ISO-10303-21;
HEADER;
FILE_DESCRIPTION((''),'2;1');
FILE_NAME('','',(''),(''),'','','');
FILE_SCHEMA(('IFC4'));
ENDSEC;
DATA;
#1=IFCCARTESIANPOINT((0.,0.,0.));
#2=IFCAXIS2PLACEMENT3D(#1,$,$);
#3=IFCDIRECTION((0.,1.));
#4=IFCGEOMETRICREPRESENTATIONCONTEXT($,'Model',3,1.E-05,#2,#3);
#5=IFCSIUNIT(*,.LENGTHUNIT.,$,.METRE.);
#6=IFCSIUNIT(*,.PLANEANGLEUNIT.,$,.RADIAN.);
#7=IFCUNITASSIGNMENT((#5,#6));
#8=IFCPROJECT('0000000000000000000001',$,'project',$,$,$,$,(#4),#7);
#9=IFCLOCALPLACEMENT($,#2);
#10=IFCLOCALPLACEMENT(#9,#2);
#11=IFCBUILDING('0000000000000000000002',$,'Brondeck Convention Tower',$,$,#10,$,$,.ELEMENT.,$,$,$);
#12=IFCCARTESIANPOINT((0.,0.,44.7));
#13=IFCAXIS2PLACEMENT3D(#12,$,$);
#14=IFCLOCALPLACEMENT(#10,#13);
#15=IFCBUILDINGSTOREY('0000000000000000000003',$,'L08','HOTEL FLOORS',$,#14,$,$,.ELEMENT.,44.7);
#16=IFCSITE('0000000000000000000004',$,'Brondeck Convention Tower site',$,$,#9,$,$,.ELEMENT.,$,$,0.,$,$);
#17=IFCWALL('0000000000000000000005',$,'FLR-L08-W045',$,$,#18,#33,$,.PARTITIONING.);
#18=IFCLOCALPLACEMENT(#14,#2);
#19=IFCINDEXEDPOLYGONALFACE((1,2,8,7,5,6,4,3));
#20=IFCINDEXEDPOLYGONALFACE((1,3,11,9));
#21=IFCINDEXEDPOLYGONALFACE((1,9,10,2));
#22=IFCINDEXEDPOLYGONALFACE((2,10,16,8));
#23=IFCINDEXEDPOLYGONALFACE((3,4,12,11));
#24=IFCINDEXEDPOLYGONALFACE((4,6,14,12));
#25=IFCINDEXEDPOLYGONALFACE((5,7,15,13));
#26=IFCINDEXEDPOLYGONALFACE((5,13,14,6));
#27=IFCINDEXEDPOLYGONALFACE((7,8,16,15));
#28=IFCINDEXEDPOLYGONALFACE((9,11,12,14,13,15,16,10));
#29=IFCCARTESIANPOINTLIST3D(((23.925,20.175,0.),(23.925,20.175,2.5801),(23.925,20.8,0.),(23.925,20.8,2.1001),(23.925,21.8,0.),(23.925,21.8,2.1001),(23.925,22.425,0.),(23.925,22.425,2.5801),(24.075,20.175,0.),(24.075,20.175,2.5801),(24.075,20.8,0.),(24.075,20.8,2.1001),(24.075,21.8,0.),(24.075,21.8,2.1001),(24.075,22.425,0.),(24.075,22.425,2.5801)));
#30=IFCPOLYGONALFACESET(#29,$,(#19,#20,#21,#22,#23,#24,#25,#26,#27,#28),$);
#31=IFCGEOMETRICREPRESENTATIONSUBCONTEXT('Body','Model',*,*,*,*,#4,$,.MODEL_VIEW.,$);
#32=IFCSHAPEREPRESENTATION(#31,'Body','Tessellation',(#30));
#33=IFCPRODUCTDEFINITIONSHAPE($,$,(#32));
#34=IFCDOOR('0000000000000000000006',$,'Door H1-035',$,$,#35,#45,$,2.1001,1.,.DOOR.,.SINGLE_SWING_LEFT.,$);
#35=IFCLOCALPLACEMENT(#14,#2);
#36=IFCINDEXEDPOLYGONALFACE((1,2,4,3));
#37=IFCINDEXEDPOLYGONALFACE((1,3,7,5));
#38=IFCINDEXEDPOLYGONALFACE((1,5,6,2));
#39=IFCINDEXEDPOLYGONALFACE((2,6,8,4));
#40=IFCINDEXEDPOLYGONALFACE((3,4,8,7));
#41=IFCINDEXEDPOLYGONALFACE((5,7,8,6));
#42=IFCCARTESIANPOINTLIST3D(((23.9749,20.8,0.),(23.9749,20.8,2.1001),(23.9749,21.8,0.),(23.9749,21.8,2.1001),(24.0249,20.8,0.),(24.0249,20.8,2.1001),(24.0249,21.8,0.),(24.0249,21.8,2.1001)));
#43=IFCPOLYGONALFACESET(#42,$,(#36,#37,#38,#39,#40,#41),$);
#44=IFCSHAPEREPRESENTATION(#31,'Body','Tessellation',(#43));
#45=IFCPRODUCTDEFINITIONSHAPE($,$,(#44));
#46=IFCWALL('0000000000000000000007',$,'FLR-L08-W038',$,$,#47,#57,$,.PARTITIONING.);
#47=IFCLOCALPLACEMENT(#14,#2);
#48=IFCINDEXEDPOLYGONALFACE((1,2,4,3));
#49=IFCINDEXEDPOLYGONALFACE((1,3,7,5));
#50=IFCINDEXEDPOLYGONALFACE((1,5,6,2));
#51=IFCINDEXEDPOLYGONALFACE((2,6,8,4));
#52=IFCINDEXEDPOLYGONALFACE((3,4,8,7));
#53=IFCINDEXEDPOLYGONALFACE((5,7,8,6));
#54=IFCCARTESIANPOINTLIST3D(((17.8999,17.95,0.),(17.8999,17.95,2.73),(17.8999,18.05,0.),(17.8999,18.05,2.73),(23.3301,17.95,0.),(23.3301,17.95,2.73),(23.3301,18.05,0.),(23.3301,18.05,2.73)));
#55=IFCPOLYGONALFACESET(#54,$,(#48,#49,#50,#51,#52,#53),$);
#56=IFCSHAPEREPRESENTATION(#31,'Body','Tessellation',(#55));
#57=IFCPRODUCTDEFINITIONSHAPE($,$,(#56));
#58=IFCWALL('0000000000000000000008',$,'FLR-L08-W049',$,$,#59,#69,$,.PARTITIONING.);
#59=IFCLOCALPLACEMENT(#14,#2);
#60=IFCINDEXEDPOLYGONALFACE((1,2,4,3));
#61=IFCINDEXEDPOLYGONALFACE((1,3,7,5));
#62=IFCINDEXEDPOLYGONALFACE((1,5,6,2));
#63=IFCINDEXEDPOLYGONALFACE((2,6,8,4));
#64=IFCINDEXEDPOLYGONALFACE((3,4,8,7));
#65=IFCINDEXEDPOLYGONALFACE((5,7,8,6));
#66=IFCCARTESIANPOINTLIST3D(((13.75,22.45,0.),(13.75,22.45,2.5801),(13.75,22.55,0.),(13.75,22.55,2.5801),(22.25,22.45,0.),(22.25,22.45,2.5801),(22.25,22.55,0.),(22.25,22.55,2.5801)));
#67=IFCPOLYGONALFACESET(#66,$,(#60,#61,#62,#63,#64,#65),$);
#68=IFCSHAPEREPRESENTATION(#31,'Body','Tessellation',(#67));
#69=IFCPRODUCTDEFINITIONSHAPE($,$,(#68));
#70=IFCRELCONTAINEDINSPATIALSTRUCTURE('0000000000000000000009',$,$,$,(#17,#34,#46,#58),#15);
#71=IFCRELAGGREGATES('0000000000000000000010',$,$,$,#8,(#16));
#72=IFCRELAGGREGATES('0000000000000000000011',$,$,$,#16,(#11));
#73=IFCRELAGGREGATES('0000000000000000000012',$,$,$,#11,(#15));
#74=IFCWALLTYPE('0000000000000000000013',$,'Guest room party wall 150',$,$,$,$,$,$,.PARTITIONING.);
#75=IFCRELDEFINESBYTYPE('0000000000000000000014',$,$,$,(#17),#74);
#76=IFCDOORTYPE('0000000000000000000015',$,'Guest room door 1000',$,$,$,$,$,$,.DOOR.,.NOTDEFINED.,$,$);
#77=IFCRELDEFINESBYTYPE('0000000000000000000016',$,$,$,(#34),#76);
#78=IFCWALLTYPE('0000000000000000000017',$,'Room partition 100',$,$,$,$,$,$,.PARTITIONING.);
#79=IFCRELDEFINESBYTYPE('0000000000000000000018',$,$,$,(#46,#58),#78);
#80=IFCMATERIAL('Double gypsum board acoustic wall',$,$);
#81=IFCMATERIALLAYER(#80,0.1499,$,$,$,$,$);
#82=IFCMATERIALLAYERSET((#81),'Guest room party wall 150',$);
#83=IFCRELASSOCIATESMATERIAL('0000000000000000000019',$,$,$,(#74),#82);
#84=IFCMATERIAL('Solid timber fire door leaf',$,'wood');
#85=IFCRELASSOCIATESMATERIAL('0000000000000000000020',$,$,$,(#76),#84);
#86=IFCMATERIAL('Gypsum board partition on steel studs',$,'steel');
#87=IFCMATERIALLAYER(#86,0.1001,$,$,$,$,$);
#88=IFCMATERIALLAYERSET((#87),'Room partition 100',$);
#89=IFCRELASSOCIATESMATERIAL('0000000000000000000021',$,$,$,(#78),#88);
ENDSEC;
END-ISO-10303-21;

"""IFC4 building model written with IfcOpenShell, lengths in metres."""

from ifc_helpers import new_model, si_unit, direction, frame, frame_2d, origin, place, context, subcontext, project, spatial, rectangle, extrude, material, layer, layer_set, type_object, element, fill, save


model = new_model("IFC4")

# Units and contexts
model_context = context("Model", 3, precision=1e-05, world=origin(), true_north=direction((0.0, 1.0)))
body_context = subcontext(model_context, "Body", "Model", "MODEL_VIEW")
ifc_project = project(units=[si_unit("LENGTHUNIT", "METRE"), si_unit("PLANEANGLEUNIT", "RADIAN")], contexts=[model_context])

# Site, building, storey
site_placement = place(None, origin())
site = spatial("IfcSite", under=ifc_project, at=site_placement, Name="Brondeck Convention Tower site", CompositionType="ELEMENT", RefElevation=0.0)
building_placement = place(site_placement, origin())
building = spatial("IfcBuilding", under=site, at=building_placement, Name="Brondeck Convention Tower", CompositionType="ELEMENT")
storey_placement = place(building_placement, frame((0.0, 0.0, 44.7)))
storey = spatial("IfcBuildingStorey", under=building, at=storey_placement, Name="L08", Description="HOTEL FLOORS", CompositionType="ELEMENT", Elevation=44.7)

# Shared definitions
ifc_material_1 = material(Name="Double gypsum board acoustic wall")
ifc_layer_1 = layer(ifc_material_1, 0.1499)
ifc_layer_set_1 = layer_set([ifc_layer_1], Name="Guest room party wall 150")
wall_type_1 = type_object("IfcWallType", Name="Guest room party wall 150", PredefinedType="PARTITIONING", material=ifc_layer_set_1)
ifc_material_2 = material(Name="Solid timber fire door leaf", Category="wood")
door_type_1 = type_object("IfcDoorType", Name="Guest room door 1000", OperationType="NOTDEFINED", PredefinedType="DOOR", material=ifc_material_2)

# Wall, opening, door
wall_1_placement = place(storey_placement, frame((24.0, 22.425, 0.0), z_axis=(0.0, 0.0, 1.0), x_axis=(0.0, -1.0, 0.0)))
wall_1 = element("IfcWall", 1, at=wall_1_placement, inside=storey, type_object=wall_type_1, Name="FLR-L08-W045", PredefinedType="PARTITIONING", context=body_context, shape_type="SweptSolid", body=[
    extrude(rectangle(XDim=2.25, YDim=0.1499, at=frame_2d((1.125, 0.0))), origin(), (0.0, 0.0, 1.0), 2.5801),
])
opening_1_placement = place(wall_1_placement, frame((0.625, 0.0, 0.0)))
opening_1 = element("IfcOpeningElement", 2, at=opening_1_placement, cuts=wall_1, PredefinedType="OPENING", context=body_context, shape_type="SweptSolid", body=[
    extrude(rectangle(XDim=1.0, YDim=2.1001, at=frame_2d((0.5, 1.05))), frame((0.0, 0.085, 0.0), z_axis=(0.0, -1.0, 0.0), x_axis=(1.0, 0.0, 0.0)), (0.0, 0.0, 1.0), 0.1699),
])
door_1_placement = place(opening_1_placement, origin())
door_1 = element("IfcDoor", 3, at=door_1_placement, inside=storey, type_object=door_type_1, Name="Door H1-035", OperationType="SINGLE_SWING_LEFT", OverallHeight=2.1001, OverallWidth=1.0, PredefinedType="DOOR", context=body_context, shape_type="SweptSolid", body=[
    extrude(rectangle(XDim=1.0, YDim=2.1001, at=frame_2d((0.5, 1.05))), frame((0.0, 0.0249, 0.0), z_axis=(0.0, -1.0, 0.0), x_axis=(1.0, 0.0, 0.0)), (0.0, 0.0, 1.0), 0.05),
])
fill(opening_1, door_1)

# Walls
ifc_material_3 = material(Name="Gypsum board partition on steel studs", Category="steel")
ifc_layer_2 = layer(ifc_material_3, 0.1001)
ifc_layer_set_2 = layer_set([ifc_layer_2], Name="Room partition 100")
wall_type_2 = type_object("IfcWallType", Name="Room partition 100", PredefinedType="PARTITIONING", material=ifc_layer_set_2)
wall_2_placement = place(storey_placement, frame((23.3301, 18.0, 0.0), z_axis=(0.0, 0.0, 1.0), x_axis=(-1.0, 0.0, 0.0)))
element("IfcWall", 4, at=wall_2_placement, inside=storey, type_object=wall_type_2, Name="FLR-L08-W038", PredefinedType="PARTITIONING", context=body_context, shape_type="SweptSolid", body=[
    extrude(rectangle(XDim=5.4302, YDim=0.1001, at=frame_2d((2.7151, 0.0))), origin(), (0.0, 0.0, 1.0), 2.73),
])
wall_3_placement = place(storey_placement, frame((22.25, 22.5, 0.0), z_axis=(0.0, 0.0, 1.0), x_axis=(-1.0, 0.0, 0.0)))
element("IfcWall", 5, at=wall_3_placement, inside=storey, type_object=wall_type_2, Name="FLR-L08-W049", PredefinedType="PARTITIONING", context=body_context, shape_type="SweptSolid", body=[
    extrude(rectangle(XDim=8.5, YDim=0.1001, at=frame_2d((4.25, 0.0))), origin(), (0.0, 0.0, 1.0), 2.5801),
])

save(model, "model.ifc")
